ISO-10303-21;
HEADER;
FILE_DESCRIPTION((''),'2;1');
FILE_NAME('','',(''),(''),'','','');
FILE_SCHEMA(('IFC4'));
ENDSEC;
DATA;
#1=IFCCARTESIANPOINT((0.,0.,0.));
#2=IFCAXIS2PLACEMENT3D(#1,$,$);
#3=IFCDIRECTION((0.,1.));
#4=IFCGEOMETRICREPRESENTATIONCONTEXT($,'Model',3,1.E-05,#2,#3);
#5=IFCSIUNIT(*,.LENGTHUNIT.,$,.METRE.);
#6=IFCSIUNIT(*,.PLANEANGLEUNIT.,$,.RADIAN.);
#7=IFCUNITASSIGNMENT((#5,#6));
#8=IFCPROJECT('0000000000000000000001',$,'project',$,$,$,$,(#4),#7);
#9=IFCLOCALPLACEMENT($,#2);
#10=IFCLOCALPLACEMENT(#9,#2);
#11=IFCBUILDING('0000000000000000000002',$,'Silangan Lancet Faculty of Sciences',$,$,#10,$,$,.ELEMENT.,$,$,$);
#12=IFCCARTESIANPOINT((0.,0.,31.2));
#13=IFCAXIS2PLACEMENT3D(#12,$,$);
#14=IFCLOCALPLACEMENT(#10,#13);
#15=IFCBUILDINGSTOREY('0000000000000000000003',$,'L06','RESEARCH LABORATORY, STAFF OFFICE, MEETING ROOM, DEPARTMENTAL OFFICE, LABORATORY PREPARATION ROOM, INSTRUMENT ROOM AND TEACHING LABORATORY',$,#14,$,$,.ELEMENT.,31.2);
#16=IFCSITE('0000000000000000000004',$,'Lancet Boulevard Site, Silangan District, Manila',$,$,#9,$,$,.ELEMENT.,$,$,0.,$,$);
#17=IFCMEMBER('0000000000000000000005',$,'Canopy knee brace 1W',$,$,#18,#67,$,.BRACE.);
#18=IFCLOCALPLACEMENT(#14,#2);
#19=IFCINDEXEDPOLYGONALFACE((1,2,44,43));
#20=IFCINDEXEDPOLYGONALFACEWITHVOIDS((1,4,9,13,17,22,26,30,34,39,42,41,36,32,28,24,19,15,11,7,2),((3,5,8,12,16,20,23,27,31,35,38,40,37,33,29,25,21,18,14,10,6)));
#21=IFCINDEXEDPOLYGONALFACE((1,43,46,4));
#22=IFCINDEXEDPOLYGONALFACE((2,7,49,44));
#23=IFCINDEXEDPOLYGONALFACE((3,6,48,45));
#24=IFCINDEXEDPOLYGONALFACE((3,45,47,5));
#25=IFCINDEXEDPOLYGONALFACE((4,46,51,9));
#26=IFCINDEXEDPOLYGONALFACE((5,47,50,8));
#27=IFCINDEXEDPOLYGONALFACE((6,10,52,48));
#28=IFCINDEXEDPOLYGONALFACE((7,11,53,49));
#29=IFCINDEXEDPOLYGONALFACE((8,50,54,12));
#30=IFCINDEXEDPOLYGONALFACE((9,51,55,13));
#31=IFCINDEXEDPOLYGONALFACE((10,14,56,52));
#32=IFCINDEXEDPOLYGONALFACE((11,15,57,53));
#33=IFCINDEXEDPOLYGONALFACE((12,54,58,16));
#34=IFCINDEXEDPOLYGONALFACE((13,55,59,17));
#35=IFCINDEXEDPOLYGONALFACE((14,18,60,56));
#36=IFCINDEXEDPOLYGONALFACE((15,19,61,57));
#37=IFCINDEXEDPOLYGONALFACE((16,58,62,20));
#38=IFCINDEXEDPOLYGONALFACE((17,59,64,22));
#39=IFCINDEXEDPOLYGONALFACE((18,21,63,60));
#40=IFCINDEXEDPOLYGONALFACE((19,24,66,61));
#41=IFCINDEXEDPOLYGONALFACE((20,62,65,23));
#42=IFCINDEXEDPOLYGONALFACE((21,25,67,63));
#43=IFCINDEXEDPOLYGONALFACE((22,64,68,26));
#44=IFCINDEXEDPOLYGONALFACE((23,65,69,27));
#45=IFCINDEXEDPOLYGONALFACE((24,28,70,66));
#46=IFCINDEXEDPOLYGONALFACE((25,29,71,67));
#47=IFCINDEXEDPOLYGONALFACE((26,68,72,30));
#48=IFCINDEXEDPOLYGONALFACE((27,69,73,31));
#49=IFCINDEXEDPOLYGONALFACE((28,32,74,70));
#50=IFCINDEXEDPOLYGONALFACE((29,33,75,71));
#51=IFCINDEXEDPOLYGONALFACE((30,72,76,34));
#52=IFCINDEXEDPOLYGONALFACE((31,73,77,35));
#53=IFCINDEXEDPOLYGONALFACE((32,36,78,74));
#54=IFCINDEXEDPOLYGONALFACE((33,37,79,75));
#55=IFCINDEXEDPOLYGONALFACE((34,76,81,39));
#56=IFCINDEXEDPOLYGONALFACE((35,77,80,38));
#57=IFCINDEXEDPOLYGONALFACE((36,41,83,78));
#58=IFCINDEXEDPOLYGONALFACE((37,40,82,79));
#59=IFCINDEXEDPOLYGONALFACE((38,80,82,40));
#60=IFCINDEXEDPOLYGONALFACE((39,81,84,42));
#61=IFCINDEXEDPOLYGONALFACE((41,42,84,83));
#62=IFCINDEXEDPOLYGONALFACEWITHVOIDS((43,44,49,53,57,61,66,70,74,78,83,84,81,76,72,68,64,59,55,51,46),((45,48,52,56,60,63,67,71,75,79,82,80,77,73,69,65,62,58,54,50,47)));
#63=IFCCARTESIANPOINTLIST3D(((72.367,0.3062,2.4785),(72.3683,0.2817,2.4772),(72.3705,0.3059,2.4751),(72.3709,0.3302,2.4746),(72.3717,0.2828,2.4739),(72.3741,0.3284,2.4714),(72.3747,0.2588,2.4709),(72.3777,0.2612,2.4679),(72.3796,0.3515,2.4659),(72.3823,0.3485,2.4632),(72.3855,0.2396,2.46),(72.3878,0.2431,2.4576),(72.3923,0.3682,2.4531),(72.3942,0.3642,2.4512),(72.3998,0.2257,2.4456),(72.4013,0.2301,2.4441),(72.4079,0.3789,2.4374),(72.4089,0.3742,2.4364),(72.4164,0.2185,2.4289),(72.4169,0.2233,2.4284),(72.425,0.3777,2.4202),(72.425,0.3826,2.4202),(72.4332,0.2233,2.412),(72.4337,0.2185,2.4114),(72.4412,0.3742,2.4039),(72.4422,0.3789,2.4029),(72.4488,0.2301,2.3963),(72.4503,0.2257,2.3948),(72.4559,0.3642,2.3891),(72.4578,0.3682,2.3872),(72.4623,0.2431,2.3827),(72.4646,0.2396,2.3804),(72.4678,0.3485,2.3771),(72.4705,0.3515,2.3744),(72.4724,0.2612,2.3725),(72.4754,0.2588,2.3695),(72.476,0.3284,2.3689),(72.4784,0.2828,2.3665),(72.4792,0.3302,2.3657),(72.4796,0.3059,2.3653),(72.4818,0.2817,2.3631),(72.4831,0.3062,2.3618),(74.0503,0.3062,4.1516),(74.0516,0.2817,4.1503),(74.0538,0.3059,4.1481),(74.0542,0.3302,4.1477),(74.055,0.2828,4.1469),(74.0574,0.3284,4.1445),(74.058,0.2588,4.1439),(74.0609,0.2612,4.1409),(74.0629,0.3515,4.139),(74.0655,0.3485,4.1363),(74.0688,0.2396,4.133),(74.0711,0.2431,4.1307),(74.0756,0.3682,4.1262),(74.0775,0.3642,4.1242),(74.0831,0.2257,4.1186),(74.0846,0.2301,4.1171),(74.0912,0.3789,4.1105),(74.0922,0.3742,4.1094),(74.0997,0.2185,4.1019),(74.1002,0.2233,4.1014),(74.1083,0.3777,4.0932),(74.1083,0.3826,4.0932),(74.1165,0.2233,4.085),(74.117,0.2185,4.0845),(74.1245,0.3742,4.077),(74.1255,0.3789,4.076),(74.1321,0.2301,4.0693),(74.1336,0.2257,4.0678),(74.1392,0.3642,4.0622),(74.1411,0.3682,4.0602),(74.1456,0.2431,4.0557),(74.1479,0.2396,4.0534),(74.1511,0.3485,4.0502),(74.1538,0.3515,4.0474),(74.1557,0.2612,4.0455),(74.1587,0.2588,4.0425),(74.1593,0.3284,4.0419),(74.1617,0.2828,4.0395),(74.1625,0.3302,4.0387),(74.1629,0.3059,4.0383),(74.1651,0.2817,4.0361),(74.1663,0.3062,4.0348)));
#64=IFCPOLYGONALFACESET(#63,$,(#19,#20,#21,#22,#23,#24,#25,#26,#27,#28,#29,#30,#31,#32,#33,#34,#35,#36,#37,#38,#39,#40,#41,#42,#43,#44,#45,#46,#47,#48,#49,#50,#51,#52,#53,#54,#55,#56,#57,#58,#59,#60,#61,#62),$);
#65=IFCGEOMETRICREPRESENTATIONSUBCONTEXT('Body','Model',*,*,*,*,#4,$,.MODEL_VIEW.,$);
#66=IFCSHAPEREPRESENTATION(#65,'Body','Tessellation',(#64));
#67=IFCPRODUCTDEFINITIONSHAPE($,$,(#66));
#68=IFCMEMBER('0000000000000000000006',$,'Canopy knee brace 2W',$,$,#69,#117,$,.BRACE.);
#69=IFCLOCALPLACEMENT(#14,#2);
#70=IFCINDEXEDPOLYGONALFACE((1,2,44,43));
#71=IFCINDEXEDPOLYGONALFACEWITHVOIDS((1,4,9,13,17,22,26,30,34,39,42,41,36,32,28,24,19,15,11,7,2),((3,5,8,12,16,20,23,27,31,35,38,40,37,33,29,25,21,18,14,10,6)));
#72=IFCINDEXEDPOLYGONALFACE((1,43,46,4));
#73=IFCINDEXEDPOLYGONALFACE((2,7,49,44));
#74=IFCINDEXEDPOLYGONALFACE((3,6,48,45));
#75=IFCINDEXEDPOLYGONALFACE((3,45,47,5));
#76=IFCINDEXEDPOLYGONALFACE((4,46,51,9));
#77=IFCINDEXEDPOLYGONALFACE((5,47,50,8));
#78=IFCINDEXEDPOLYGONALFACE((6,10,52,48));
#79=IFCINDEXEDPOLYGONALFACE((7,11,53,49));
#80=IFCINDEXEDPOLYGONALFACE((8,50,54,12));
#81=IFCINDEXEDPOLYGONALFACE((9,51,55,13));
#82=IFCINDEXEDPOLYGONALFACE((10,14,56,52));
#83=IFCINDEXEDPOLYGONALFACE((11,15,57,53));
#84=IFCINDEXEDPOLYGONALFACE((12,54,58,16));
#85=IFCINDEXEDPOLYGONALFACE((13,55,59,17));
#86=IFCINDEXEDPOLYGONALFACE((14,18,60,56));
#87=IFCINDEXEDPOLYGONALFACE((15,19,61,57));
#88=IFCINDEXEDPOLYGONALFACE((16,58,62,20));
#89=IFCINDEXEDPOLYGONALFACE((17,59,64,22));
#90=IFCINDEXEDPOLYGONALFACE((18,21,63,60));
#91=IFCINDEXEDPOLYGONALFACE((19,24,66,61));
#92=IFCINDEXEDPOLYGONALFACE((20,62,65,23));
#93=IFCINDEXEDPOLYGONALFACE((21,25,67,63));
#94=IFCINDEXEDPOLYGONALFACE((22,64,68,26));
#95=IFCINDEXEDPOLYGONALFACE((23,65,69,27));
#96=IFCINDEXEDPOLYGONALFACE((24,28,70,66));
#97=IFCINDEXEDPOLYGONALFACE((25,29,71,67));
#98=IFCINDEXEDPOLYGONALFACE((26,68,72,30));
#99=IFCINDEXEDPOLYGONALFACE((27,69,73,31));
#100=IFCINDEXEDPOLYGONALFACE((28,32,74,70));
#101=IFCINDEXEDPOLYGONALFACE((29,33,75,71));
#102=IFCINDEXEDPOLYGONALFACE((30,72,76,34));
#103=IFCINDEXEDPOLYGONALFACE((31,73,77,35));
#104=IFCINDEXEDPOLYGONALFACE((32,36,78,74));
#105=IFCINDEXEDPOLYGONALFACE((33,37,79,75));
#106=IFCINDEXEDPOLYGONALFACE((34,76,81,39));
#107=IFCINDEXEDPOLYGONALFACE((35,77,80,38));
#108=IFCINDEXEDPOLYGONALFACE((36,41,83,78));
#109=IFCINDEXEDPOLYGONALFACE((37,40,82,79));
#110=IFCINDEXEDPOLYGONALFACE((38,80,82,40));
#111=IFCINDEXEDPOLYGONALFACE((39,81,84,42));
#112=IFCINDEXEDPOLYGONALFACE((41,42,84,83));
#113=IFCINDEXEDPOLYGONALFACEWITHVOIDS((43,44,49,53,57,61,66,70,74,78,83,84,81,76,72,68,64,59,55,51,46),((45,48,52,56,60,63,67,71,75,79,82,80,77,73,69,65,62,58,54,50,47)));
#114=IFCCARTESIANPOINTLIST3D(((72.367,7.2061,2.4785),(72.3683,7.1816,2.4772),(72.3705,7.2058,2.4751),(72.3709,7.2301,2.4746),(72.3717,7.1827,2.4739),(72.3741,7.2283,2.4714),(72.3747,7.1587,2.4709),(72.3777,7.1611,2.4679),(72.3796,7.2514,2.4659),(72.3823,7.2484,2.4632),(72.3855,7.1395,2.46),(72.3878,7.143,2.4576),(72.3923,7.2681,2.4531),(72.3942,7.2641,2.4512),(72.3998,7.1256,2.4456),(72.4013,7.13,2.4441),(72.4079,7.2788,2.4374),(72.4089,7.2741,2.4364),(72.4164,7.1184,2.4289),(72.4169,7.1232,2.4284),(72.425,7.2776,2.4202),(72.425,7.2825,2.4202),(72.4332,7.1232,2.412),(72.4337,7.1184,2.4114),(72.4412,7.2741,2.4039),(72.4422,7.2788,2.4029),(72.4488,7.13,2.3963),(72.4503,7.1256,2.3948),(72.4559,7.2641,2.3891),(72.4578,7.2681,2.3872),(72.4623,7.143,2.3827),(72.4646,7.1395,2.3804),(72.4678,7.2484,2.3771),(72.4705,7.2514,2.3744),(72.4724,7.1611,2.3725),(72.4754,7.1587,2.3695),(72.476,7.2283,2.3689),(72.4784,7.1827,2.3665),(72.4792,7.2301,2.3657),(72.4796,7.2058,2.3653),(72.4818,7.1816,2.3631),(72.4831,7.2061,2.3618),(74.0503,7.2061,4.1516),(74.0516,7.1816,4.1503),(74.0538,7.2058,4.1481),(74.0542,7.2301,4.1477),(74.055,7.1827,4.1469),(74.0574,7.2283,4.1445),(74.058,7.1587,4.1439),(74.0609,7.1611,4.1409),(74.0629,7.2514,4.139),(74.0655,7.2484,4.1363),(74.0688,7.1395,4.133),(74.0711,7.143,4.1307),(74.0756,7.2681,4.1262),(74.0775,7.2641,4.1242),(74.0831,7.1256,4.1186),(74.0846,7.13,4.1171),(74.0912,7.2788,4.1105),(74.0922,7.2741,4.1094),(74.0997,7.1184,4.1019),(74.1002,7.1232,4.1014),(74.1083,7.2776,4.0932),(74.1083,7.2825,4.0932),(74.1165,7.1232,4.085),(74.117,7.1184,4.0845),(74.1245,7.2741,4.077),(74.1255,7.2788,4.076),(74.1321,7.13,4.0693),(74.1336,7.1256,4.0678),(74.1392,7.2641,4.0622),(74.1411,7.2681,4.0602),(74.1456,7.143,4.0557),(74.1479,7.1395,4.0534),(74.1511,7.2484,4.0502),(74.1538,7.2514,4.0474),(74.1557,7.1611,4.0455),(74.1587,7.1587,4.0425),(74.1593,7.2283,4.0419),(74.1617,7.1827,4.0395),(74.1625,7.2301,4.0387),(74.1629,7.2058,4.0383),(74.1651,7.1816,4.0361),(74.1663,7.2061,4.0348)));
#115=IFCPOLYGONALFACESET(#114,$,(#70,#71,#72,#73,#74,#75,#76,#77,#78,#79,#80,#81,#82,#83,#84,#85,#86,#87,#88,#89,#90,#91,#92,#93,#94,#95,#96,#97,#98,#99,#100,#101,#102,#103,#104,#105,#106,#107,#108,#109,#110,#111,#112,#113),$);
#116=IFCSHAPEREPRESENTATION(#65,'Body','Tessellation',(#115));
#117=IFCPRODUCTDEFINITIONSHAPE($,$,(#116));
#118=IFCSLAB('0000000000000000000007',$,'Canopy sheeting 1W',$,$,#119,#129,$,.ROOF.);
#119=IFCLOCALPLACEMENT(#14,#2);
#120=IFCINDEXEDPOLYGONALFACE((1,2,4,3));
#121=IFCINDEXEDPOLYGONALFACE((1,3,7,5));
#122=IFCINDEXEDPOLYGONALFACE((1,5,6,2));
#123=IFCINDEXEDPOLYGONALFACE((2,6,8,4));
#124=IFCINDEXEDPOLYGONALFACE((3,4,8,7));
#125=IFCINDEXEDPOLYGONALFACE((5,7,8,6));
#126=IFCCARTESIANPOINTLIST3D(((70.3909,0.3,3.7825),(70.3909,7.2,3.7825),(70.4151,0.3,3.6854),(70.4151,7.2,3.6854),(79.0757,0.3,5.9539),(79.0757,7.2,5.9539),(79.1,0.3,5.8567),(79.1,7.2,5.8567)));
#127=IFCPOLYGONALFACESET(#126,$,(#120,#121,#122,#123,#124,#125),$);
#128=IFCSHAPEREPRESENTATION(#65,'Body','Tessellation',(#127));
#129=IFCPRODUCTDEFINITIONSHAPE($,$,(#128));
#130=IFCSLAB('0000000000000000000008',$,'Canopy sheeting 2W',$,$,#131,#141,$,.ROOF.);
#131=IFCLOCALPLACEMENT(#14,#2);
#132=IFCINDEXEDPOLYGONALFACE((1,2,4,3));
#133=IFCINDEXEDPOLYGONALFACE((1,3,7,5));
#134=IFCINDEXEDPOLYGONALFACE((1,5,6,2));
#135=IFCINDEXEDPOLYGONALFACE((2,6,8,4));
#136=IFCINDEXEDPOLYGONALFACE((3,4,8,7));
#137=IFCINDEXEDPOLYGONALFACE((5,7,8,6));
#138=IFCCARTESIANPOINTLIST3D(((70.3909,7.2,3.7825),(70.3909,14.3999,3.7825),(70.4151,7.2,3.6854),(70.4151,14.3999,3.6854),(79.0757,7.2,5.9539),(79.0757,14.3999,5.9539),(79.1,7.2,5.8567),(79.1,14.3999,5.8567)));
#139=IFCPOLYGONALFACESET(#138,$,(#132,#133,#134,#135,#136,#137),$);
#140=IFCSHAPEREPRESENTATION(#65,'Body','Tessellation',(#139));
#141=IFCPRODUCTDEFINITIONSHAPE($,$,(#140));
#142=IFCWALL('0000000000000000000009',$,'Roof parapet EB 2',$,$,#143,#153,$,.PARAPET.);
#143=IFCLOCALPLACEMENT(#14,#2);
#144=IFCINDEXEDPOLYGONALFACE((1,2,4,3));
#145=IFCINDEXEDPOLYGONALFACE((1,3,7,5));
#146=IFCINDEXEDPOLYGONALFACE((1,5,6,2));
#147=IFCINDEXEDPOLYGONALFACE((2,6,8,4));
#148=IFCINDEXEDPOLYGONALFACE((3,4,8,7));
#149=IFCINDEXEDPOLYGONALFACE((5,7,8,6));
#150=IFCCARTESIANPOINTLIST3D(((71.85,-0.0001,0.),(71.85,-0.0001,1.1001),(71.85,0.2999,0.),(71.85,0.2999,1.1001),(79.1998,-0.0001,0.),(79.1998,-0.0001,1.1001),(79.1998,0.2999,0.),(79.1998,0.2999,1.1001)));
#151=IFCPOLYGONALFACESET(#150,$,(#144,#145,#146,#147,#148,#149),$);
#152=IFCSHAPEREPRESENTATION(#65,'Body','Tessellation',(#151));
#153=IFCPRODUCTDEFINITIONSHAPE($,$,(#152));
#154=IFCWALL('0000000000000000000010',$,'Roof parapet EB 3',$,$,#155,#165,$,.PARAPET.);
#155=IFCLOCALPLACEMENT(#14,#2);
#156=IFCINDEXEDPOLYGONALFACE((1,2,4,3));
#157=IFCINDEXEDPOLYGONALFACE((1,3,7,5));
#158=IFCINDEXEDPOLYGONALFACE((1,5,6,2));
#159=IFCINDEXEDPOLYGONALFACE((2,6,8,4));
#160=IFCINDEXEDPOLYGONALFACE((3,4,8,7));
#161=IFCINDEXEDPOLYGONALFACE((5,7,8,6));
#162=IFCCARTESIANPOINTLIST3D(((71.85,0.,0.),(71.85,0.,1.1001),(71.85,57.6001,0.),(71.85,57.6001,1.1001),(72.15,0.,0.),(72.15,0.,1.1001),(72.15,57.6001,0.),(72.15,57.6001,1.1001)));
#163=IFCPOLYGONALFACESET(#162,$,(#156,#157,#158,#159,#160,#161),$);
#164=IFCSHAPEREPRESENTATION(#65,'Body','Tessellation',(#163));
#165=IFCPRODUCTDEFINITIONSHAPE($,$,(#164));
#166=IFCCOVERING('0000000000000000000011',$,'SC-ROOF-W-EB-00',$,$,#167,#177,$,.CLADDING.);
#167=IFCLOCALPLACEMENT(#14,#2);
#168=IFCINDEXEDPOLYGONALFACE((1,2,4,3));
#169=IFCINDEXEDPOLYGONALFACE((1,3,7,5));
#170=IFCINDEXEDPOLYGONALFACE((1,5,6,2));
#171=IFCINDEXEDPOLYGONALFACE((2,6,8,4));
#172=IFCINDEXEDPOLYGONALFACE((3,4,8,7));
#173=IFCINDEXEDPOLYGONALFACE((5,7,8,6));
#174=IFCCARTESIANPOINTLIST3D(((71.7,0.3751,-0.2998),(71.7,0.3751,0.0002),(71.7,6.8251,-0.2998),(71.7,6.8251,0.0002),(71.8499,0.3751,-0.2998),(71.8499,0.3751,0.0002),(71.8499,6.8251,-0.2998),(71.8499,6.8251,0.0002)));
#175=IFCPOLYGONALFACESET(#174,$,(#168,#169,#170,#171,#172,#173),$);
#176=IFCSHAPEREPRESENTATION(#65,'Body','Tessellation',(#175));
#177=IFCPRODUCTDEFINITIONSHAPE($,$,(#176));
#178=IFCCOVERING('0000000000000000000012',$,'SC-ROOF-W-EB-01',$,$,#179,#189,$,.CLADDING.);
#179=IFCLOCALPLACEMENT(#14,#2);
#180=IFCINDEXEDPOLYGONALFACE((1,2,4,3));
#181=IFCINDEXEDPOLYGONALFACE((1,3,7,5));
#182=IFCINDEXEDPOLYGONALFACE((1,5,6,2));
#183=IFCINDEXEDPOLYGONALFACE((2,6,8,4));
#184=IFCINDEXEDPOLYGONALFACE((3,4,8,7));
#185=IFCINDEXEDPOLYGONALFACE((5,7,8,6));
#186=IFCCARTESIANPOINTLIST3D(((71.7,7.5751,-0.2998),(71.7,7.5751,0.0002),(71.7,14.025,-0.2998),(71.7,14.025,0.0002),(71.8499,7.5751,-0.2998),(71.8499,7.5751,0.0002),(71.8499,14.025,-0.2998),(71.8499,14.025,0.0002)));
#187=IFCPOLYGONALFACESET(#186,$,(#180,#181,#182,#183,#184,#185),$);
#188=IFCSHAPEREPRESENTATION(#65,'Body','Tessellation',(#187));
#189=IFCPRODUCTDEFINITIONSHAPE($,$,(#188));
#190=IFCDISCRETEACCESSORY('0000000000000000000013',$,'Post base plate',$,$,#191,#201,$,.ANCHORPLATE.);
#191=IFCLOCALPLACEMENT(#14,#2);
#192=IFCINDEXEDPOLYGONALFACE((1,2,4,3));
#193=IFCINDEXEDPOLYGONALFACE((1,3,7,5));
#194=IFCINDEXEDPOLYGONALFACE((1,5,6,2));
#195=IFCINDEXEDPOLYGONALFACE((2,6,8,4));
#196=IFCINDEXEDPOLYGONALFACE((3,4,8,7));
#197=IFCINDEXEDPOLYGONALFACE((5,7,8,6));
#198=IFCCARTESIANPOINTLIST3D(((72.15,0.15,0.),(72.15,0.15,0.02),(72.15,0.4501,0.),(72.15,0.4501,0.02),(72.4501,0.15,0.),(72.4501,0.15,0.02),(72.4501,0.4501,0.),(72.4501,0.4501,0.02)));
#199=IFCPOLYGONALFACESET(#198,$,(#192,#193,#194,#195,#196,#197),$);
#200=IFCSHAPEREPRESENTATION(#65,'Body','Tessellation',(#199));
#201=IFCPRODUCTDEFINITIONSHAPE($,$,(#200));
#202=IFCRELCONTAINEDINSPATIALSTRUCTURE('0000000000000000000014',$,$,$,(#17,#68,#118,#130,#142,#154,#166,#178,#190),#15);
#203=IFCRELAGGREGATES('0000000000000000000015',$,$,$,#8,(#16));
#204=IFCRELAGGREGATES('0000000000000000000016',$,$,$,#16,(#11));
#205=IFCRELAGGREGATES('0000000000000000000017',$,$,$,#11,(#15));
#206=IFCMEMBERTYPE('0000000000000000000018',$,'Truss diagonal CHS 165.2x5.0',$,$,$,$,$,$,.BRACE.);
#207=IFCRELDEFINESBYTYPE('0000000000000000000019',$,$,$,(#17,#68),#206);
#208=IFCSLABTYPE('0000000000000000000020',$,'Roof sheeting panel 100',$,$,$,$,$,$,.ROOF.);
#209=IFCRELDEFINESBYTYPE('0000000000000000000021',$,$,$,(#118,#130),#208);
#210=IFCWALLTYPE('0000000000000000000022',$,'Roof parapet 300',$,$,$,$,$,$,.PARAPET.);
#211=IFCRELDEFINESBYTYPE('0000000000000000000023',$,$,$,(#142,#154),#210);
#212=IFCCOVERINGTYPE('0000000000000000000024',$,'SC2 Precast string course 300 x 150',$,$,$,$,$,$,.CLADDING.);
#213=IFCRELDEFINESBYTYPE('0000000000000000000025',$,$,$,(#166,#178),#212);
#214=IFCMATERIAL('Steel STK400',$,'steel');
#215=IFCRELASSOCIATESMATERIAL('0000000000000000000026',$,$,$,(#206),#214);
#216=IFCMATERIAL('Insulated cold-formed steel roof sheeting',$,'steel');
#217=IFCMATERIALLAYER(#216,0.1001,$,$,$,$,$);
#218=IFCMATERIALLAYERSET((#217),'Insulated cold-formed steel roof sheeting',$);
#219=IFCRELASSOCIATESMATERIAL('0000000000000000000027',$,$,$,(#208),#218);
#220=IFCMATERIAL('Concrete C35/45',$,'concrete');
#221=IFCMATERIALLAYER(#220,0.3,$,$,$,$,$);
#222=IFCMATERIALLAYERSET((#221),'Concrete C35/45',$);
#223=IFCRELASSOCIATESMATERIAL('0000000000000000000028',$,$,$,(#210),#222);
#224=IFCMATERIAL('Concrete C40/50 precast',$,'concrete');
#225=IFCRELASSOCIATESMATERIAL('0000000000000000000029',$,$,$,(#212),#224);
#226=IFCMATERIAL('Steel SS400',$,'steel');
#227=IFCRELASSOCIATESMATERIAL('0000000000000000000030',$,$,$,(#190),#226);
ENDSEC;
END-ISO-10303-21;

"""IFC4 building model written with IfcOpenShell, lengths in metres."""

from ifc_helpers import new_model, si_unit, direction, frame, frame_2d, origin, origin_2d, place, context, subcontext, project, spatial, polyline, rectangle, hollow_circle, outline, extrude, material, layer, layer_set, material_profile, profile_set, type_object, element, save


model = new_model("IFC4")

# Units and contexts
model_context = context("Model", 3, precision=1e-05, world=origin(), true_north=direction((0.0, 1.0)))
body_context = subcontext(model_context, "Body", "Model", "MODEL_VIEW")
ifc_project = project(units=[si_unit("LENGTHUNIT", "METRE"), si_unit("PLANEANGLEUNIT", "RADIAN")], contexts=[model_context])

# Site, building, storey
site_placement = place(None, origin())
site = spatial("IfcSite", under=ifc_project, at=site_placement, Name="Lancet Boulevard Site, Silangan District, Manila", CompositionType="ELEMENT", RefElevation=0.0)
building_placement = place(site_placement, origin())
building = spatial("IfcBuilding", under=site, at=building_placement, Name="Silangan Lancet Faculty of Sciences", CompositionType="ELEMENT")
storey_placement = place(building_placement, frame((0.0, 0.0, 31.2)))
storey = spatial("IfcBuildingStorey", under=building, at=storey_placement, Name="L06", Description="RESEARCH LABORATORY, STAFF OFFICE, MEETING ROOM, DEPARTMENTAL OFFICE, LABORATORY PREPARATION ROOM, INSTRUMENT ROOM AND TEACHING LABORATORY", CompositionType="ELEMENT", Elevation=31.2)

# Members
ifc_material_1 = material(Name="Steel STK400", Category="steel")
ifc_material_profile_1 = material_profile(ifc_material_1, hollow_circle(Radius=0.0825, WallThickness=0.0049, at=origin_2d()), Name="CHS 165.2x5.0")
ifc_profile_set_1 = profile_set([ifc_material_profile_1], Name="Steel STK400")
member_type_1 = type_object("IfcMemberType", Name="Truss diagonal CHS 165.2x5.0", PredefinedType="BRACE", material=ifc_profile_set_1)
for number, where, z_axis, x_axis, name in (
    (1, (72.425, 0.3, 2.4202), (0.709264, 0.0, 0.704943), (0.0, 1.0, 0.0), "Canopy knee brace 1W"),
    (2, (72.425, 7.2, 2.4202), (0.709264, 0.0, 0.704943), (0.0, 1.0, 0.0), "Canopy knee brace 2W"),
):
    element("IfcMember", number, at=place(storey_placement, frame(where, z_axis=z_axis, x_axis=x_axis)), inside=storey, type_object=member_type_1, Name=name, PredefinedType="BRACE", context=body_context, shape_type="SweptSolid", body=[
        extrude(hollow_circle(Radius=0.0825, WallThickness=0.0049, at=origin_2d()), origin(), (0.0, 0.0, 1.0), 2.3733),
    ])

# Slabs
ifc_material_2 = material(Name="Insulated cold-formed steel roof sheeting", Category="steel")
ifc_layer_1 = layer(ifc_material_2, 0.1001)
ifc_layer_set_1 = layer_set([ifc_layer_1], Name="Insulated cold-formed steel roof sheeting")
slab_type = type_object("IfcSlabType", Name="Roof sheeting panel 100", PredefinedType="ROOF", material=ifc_layer_set_1)
slab_1_placement = place(storey_placement, frame((70.3909, 0.3, 3.7825), z_axis=(-0.242555, 0.0, 0.970138), x_axis=(0.0, 1.0, 0.0)))
element("IfcSlab", 3, at=slab_1_placement, inside=storey, type_object=slab_type, Name="Canopy sheeting 1W", PredefinedType="ROOF", context=body_context, shape_type="SweptSolid", body=[
    extrude(outline(polyline([(0.0, 0.0), (6.8999, 0.0), (6.8999, -8.9521), (0.0, -8.9521), (0.0, 0.0)])), origin(), (0.0, 0.0, -1.0), 0.1001),
])
slab_2_placement = place(storey_placement, frame((70.3909, 7.2, 3.7825), z_axis=(-0.242555, 0.0, 0.970138), x_axis=(0.0, 1.0, 0.0)))
element("IfcSlab", 4, at=slab_2_placement, inside=storey, type_object=slab_type, Name="Canopy sheeting 2W", PredefinedType="ROOF", context=body_context, shape_type="SweptSolid", body=[
    extrude(outline(polyline([(0.0, 0.0), (7.2, 0.0), (7.2, -8.9521), (0.0, -8.9521), (0.0, 0.0)])), origin(), (0.0, 0.0, -1.0), 0.1001),
])

# Walls
ifc_material_3 = material(Name="Concrete C35/45", Category="concrete")
ifc_layer_2 = layer(ifc_material_3, 0.3)
ifc_layer_set_2 = layer_set([ifc_layer_2], Name="Concrete C35/45")
wall_type = type_object("IfcWallType", Name="Roof parapet 300", PredefinedType="PARAPET", material=ifc_layer_set_2)
wall_1_placement = place(storey_placement, frame((71.8501, 0.1499, 0.0), z_axis=(0.0, 0.0, 1.0), x_axis=(1.0, 0.0, 0.0)))
element("IfcWall", 5, at=wall_1_placement, inside=storey, type_object=wall_type, Name="Roof parapet EB 2", PredefinedType="PARAPET", context=body_context, shape_type="SweptSolid", body=[
    extrude(rectangle(XDim=7.3499, YDim=0.3, at=frame_2d((3.6748, 0.0))), origin(), (0.0, 0.0, 1.0), 1.1001),
])
wall_2_placement = place(storey_placement, frame((72.0, 0.0, 0.0), z_axis=(0.0, 0.0, 1.0), x_axis=(0.0, 1.0, 0.0)))
element("IfcWall", 6, at=wall_2_placement, inside=storey, type_object=wall_type, Name="Roof parapet EB 3", PredefinedType="PARAPET", context=body_context, shape_type="SweptSolid", body=[
    extrude(rectangle(XDim=57.6001, YDim=0.3, at=frame_2d((28.8, 0.0))), origin(), (0.0, 0.0, 1.0), 1.1001),
])

# Coverings
ifc_material_4 = material(Name="Concrete C40/50 precast", Category="concrete")
covering_type = type_object("IfcCoveringType", Name="SC2 Precast string course 300 x 150", PredefinedType="CLADDING", material=ifc_material_4)
for number, where, z_axis, x_axis, name in (
    (7, (71.7749, 3.6001, -0.2998), (0.0, 0.0, 1.0), (1.0, 0.0, 0.0), "SC-ROOF-W-EB-00"),
    (8, (71.7749, 10.8, -0.2998), (0.0, 0.0, 1.0), (1.0, 0.0, 0.0), "SC-ROOF-W-EB-01"),
):
    element("IfcCovering", number, at=place(storey_placement, frame(where, z_axis=z_axis, x_axis=x_axis)), inside=storey, type_object=covering_type, Name=name, PredefinedType="CLADDING", context=body_context, shape_type="SweptSolid", body=[
        extrude(rectangle(XDim=0.1499, YDim=6.45, at=origin_2d()), origin(), (0.0, 0.0, 1.0), 0.3),
    ])

# Discrete accessory
ifc_material_5 = material(Name="Steel SS400", Category="steel")
for number, where, z_axis, x_axis, name in (
    (9, (72.3, 0.3, 0.0), (0.0, 0.0, 1.0), (1.0, 0.0, 0.0), "Post base plate"),
):
    element("IfcDiscreteAccessory", number, at=place(storey_placement, frame(where, z_axis=z_axis, x_axis=x_axis)), inside=storey, material=ifc_material_5, Name=name, PredefinedType="ANCHORPLATE", context=body_context, shape_type="SweptSolid", body=[
        extrude(rectangle(XDim=0.3, YDim=0.3, at=origin_2d()), origin(), (0.0, 0.0, 1.0), 0.02),
    ])

save(model, "model.ifc")
